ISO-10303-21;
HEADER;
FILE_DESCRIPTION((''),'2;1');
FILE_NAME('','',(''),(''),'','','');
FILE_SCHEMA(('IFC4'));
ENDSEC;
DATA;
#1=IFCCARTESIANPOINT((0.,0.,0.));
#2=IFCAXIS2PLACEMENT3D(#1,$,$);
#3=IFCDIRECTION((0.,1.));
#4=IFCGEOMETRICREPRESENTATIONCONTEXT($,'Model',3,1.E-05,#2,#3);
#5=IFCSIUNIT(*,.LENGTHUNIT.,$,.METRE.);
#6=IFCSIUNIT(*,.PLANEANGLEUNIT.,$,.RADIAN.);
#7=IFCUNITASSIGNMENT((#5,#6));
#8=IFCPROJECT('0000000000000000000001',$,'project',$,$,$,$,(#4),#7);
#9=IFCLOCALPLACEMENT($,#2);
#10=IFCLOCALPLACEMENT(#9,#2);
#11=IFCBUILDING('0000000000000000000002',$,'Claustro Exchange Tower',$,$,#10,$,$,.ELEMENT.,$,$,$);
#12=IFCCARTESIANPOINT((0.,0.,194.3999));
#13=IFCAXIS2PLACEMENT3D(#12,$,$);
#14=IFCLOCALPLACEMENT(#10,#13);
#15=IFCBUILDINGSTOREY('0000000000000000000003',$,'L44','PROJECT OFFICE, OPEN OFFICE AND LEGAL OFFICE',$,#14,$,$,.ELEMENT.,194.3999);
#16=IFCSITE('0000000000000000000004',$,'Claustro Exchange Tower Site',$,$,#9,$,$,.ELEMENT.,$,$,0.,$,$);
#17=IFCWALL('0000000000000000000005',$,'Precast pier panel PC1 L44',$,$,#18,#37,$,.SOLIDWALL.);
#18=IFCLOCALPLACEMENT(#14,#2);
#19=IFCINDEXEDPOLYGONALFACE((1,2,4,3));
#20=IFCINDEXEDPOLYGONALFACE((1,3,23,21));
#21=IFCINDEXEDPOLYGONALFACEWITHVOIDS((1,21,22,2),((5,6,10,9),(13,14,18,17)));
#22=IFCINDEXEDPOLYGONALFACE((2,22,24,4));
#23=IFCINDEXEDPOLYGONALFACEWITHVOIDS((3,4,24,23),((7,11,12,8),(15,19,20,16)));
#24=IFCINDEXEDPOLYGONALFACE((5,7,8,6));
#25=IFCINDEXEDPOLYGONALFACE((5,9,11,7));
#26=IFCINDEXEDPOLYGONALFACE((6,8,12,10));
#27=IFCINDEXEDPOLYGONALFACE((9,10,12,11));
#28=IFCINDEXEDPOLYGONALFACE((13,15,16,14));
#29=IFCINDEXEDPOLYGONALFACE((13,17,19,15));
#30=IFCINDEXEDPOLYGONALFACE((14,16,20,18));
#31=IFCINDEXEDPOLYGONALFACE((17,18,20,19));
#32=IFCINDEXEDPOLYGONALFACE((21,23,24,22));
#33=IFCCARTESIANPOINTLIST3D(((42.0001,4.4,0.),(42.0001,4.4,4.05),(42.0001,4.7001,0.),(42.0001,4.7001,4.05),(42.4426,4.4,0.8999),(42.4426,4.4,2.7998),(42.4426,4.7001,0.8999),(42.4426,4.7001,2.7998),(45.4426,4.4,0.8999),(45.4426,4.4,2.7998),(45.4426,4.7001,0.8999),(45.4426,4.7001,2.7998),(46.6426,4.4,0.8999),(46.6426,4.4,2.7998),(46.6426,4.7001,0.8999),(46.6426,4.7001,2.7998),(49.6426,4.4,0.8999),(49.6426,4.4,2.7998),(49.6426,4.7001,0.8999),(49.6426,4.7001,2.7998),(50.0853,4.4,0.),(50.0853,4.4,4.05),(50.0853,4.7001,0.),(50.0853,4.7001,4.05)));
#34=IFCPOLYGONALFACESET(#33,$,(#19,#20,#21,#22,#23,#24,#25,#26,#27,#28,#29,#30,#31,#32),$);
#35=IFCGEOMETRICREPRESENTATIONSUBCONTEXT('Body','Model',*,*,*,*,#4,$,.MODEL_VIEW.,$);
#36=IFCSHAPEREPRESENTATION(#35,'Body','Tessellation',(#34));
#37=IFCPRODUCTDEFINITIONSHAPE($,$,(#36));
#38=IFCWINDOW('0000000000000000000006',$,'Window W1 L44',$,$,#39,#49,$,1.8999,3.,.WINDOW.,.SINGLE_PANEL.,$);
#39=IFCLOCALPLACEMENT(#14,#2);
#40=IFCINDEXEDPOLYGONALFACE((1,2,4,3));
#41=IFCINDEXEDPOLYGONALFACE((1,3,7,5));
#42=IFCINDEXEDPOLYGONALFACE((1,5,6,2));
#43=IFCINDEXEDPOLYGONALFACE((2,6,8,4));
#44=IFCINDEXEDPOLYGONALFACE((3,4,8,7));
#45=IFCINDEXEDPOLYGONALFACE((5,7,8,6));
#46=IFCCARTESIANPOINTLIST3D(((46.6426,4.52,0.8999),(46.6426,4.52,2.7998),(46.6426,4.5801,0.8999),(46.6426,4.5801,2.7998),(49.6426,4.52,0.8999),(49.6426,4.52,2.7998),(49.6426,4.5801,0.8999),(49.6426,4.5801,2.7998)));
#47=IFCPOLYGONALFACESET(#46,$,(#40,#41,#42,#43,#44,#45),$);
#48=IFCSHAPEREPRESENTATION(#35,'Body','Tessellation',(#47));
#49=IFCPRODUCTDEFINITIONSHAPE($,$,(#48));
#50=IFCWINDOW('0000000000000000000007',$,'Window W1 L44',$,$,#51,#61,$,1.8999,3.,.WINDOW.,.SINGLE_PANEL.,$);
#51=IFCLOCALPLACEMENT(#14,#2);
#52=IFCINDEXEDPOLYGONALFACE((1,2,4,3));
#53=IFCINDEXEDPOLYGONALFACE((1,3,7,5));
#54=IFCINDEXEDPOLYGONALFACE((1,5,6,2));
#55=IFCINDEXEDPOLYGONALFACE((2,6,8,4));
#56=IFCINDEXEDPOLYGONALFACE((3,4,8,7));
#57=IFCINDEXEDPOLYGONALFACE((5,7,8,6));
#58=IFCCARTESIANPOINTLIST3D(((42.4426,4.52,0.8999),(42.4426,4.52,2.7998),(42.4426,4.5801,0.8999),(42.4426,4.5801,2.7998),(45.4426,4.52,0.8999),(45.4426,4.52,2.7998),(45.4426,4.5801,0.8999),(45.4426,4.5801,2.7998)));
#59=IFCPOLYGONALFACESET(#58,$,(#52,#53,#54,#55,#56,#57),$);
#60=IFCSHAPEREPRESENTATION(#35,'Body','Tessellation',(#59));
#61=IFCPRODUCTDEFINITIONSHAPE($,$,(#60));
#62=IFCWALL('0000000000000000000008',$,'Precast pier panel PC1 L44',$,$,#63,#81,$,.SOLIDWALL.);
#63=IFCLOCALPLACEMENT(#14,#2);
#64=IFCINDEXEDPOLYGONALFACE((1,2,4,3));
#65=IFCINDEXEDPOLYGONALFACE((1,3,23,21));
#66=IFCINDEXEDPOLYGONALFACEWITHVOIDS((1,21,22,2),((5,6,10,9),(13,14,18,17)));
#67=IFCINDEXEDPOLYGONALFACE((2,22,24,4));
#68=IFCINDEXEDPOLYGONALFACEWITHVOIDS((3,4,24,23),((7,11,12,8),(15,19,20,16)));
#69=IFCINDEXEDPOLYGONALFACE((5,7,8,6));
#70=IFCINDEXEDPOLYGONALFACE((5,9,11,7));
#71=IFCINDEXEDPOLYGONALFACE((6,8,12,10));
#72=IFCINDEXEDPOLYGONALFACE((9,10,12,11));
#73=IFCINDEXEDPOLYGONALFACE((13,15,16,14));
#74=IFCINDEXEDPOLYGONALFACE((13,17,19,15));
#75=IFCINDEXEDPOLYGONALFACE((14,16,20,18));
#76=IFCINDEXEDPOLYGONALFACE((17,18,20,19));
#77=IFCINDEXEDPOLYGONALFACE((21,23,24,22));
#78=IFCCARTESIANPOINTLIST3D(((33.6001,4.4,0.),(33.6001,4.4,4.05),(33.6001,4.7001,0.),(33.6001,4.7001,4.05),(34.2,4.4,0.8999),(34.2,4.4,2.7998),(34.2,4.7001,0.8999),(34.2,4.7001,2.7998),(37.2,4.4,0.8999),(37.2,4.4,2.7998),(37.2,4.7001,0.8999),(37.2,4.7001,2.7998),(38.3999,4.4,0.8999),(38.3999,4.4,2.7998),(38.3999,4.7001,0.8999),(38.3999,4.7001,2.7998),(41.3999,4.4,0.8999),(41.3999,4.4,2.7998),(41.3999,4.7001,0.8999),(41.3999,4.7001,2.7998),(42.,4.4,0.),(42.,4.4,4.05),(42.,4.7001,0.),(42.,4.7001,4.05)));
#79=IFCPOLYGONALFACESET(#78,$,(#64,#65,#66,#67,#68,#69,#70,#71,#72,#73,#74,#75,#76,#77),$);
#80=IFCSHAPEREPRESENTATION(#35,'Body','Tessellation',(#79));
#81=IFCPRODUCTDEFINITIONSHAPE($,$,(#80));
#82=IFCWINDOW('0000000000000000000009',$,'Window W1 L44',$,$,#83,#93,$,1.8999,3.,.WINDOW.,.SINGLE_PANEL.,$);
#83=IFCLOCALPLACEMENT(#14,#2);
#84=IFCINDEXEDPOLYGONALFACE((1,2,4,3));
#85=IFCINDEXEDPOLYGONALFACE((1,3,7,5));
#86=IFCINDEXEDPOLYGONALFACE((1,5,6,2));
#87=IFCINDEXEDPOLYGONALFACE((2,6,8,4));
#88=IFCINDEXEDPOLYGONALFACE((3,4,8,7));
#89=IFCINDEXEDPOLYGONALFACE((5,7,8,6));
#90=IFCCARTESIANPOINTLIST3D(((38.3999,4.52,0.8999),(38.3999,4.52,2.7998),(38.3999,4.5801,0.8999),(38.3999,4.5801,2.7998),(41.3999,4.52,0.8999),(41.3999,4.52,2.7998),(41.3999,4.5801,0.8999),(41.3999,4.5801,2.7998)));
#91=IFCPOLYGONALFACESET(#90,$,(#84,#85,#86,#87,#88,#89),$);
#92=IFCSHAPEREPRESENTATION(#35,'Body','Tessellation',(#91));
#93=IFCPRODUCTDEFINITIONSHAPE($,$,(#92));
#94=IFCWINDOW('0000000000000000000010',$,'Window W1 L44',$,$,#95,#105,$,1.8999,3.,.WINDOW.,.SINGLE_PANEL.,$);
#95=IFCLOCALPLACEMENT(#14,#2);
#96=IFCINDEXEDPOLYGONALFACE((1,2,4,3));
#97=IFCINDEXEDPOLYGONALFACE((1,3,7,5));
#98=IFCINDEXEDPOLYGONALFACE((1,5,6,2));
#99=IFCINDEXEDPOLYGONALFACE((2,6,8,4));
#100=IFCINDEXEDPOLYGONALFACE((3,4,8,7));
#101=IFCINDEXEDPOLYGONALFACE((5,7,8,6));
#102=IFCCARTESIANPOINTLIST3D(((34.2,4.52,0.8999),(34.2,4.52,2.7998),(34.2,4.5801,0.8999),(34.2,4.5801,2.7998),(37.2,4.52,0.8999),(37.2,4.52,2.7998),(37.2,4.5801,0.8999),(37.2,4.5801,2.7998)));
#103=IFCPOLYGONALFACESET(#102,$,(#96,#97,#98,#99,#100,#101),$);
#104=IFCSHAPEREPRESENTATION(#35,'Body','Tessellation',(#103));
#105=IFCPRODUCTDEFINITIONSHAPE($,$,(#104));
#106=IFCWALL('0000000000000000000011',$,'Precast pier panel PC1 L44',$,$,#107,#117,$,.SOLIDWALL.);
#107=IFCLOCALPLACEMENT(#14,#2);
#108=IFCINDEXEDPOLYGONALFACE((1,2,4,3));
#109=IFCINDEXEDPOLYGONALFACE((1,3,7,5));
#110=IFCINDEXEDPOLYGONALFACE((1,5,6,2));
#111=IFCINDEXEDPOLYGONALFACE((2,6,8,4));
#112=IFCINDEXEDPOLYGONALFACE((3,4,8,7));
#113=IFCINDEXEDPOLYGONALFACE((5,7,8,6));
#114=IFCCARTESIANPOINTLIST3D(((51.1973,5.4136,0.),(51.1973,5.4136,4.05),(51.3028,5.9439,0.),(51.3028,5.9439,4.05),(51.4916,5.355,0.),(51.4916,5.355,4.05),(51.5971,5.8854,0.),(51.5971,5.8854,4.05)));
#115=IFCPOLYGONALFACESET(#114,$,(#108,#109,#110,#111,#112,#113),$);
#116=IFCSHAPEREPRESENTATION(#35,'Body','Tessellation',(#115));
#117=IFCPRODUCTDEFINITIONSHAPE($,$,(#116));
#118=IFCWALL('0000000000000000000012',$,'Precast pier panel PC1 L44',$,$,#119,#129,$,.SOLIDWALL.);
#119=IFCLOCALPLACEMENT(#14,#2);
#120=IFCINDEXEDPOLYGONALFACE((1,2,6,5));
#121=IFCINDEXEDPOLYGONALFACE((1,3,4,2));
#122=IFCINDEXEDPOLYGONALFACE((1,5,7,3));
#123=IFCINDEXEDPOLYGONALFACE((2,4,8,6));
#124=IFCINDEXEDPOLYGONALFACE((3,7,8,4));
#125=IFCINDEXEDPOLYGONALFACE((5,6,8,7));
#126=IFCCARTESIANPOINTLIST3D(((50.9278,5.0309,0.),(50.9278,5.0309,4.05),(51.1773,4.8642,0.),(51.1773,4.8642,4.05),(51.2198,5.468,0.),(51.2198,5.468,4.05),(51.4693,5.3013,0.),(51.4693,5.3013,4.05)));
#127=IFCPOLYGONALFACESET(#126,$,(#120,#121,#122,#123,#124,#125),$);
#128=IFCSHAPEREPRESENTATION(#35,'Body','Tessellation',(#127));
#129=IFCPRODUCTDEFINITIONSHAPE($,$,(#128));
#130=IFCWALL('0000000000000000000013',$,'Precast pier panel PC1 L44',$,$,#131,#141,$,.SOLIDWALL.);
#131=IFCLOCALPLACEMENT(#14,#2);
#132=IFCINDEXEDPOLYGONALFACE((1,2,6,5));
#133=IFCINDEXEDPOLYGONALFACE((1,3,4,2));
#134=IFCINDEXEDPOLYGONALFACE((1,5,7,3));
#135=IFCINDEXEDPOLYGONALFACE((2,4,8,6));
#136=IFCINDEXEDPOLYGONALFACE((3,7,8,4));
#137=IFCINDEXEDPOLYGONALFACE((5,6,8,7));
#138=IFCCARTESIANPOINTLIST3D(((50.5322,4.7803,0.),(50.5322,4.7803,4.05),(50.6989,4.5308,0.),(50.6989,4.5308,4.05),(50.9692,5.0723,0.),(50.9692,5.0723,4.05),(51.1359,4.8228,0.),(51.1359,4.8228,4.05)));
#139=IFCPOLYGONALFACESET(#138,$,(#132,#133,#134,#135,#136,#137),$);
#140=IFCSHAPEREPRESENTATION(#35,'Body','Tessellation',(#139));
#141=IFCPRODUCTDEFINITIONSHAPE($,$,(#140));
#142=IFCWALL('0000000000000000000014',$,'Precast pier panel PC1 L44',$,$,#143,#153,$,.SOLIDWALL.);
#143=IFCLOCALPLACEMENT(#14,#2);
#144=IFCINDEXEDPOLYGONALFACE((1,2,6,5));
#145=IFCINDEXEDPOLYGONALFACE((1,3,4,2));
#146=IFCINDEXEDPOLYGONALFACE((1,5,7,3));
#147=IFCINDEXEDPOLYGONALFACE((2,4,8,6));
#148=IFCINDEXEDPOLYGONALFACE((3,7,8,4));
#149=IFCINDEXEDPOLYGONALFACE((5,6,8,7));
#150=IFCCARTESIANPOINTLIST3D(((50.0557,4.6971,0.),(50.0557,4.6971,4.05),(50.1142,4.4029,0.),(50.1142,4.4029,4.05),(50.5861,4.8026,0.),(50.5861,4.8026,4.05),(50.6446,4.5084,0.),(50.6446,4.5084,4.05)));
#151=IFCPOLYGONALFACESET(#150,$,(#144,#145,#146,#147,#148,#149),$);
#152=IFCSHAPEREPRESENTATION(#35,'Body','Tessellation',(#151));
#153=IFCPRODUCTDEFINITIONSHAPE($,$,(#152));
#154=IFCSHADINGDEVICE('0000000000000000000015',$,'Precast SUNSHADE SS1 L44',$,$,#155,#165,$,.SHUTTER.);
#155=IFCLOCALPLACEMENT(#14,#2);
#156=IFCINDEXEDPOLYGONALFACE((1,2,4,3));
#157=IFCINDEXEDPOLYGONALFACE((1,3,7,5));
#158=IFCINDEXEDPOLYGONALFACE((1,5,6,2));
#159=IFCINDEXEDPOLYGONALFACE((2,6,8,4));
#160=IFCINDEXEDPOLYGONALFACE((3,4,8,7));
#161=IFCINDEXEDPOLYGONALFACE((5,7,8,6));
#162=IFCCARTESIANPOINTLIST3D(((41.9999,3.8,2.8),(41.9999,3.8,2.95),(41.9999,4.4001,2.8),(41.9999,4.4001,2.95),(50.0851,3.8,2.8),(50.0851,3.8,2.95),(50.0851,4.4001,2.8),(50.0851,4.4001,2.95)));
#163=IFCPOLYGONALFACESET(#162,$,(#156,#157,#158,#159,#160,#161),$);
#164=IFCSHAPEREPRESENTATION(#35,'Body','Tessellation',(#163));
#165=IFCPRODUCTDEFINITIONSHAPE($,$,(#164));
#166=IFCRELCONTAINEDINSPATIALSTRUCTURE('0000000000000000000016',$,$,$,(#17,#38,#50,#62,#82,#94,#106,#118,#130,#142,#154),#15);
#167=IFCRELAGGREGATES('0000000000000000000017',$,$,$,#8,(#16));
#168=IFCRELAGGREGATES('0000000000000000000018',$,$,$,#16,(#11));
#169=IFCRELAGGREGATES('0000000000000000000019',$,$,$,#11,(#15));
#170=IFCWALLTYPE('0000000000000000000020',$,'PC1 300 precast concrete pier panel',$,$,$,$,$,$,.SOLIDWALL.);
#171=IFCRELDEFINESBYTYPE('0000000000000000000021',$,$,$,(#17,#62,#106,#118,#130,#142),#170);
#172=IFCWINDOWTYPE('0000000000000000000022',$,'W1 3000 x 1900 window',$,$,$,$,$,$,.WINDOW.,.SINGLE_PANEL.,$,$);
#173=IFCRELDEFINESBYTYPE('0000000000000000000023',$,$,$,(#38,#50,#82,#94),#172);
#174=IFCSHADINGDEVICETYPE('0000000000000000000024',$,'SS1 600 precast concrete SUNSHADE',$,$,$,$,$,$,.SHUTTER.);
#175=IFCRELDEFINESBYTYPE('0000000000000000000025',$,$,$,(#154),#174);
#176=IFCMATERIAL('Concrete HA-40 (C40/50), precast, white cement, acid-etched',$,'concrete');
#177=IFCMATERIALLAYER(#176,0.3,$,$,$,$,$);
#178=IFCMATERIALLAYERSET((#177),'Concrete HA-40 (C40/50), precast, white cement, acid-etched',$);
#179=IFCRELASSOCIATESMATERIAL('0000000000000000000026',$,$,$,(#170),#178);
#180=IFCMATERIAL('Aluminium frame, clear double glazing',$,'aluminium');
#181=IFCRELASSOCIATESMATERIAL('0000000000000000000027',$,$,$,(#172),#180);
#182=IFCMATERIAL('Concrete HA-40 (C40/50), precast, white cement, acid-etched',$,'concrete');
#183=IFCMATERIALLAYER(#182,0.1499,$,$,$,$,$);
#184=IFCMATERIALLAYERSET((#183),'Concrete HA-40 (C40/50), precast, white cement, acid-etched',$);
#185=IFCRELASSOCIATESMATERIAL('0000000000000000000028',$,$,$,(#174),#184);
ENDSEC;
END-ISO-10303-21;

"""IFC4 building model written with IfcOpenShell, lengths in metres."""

from ifc_helpers import new_model, si_unit, direction, frame, frame_2d, origin, origin_2d, place, context, subcontext, project, spatial, rectangle, extrude, material, layer, layer_set, type_object, element, fill, save


model = new_model("IFC4")

# Units and contexts
model_context = context("Model", 3, precision=1e-05, world=origin(), true_north=direction((0.0, 1.0)))
body_context = subcontext(model_context, "Body", "Model", "MODEL_VIEW")
ifc_project = project(units=[si_unit("LENGTHUNIT", "METRE"), si_unit("PLANEANGLEUNIT", "RADIAN")], contexts=[model_context])

# Site, building, storey
site_placement = place(None, origin())
site = spatial("IfcSite", under=ifc_project, at=site_placement, Name="Claustro Exchange Tower Site", CompositionType="ELEMENT", RefElevation=0.0)
building_placement = place(site_placement, origin())
building = spatial("IfcBuilding", under=site, at=building_placement, Name="Claustro Exchange Tower", CompositionType="ELEMENT")
storey_placement = place(building_placement, frame((0.0, 0.0, 194.3999)))
storey = spatial("IfcBuildingStorey", under=building, at=storey_placement, Name="L44", Description="PROJECT OFFICE, OPEN OFFICE AND LEGAL OFFICE", CompositionType="ELEMENT", Elevation=194.3999)

# Walls, openings, windows
ifc_material_1 = material(Name="Concrete HA-40 (C40/50), precast, white cement, acid-etched", Category="concrete")
ifc_layer_1 = layer(ifc_material_1, 0.3)
ifc_layer_set_1 = layer_set([ifc_layer_1], Name="Concrete HA-40 (C40/50), precast, white cement, acid-etched")
wall_type_1 = type_object("IfcWallType", Name="PC1 300 precast concrete pier panel", PredefinedType="SOLIDWALL", material=ifc_layer_set_1)
wall_1_placement = place(storey_placement, frame((50.0852, 4.55, 0.0), z_axis=(0.0, 0.0, 1.0), x_axis=(-1.0, 0.0, 0.0)))
wall_1 = element("IfcWall", 1, at=wall_1_placement, inside=storey, type_object=wall_type_1, Name="Precast pier panel PC1 L44", PredefinedType="SOLIDWALL", context=body_context, shape_type="SweptSolid", body=[
    extrude(rectangle(XDim=8.0852, YDim=0.3, at=frame_2d((4.0425, 0.0))), origin(), (0.0, 0.0, 1.0), 4.05),
])
opening_1_placement = place(wall_1_placement, frame((0.4426, 0.0, 0.8999)))
opening_1 = element("IfcOpeningElement", 2, at=opening_1_placement, cuts=wall_1, PredefinedType="OPENING", context=body_context, shape_type="SweptSolid", body=[
    extrude(rectangle(XDim=3.0, YDim=1.8999, at=frame_2d((1.5, 0.95))), frame((0.0, 0.1599, 0.0), z_axis=(0.0, -1.0, 0.0), x_axis=(1.0, 0.0, 0.0)), (0.0, 0.0, 1.0), 0.3201),
])
opening_2_placement = place(wall_1_placement, frame((4.6426, 0.0, 0.8999)))
opening_2 = element("IfcOpeningElement", 3, at=opening_2_placement, cuts=wall_1, PredefinedType="OPENING", context=body_context, shape_type="SweptSolid", body=[
    extrude(rectangle(XDim=3.0, YDim=1.8999, at=frame_2d((1.5, 0.95))), frame((0.0, 0.1599, 0.0), z_axis=(0.0, -1.0, 0.0), x_axis=(1.0, 0.0, 0.0)), (0.0, 0.0, 1.0), 0.3201),
])
ifc_material_2 = material(Name="Aluminium frame, clear double glazing", Category="aluminium")
window_type = type_object("IfcWindowType", Name="W1 3000 x 1900 window", PartitioningType="SINGLE_PANEL", PredefinedType="WINDOW", material=ifc_material_2)
window_1_placement = place(opening_1_placement, origin())
window_1 = element("IfcWindow", 4, at=window_1_placement, inside=storey, type_object=window_type, Name="Window W1 L44", OverallHeight=1.8999, OverallWidth=3.0, PartitioningType="SINGLE_PANEL", PredefinedType="WINDOW", context=body_context, shape_type="SweptSolid", body=[
    extrude(rectangle(XDim=3.0, YDim=1.8999, at=frame_2d((1.5, 0.95))), frame((0.0, 0.03, 0.0), z_axis=(0.0, -1.0, 0.0), x_axis=(1.0, 0.0, 0.0)), (0.0, 0.0, 1.0), 0.0601),
])
fill(opening_1, window_1)
window_2_placement = place(opening_2_placement, origin())
window_2 = element("IfcWindow", 5, at=window_2_placement, inside=storey, type_object=window_type, Name="Window W1 L44", OverallHeight=1.8999, OverallWidth=3.0, PartitioningType="SINGLE_PANEL", PredefinedType="WINDOW", context=body_context, shape_type="SweptSolid", body=[
    extrude(rectangle(XDim=3.0, YDim=1.8999, at=frame_2d((1.5, 0.95))), frame((0.0, 0.03, 0.0), z_axis=(0.0, -1.0, 0.0), x_axis=(1.0, 0.0, 0.0)), (0.0, 0.0, 1.0), 0.0601),
])
fill(opening_2, window_2)
wall_2_placement = place(storey_placement, frame((42.0, 4.55, 0.0), z_axis=(0.0, 0.0, 1.0), x_axis=(-1.0, 0.0, 0.0)))
wall_2 = element("IfcWall", 6, at=wall_2_placement, inside=storey, type_object=wall_type_1, Name="Precast pier panel PC1 L44", PredefinedType="SOLIDWALL", context=body_context, shape_type="SweptSolid", body=[
    extrude(rectangle(XDim=8.3999, YDim=0.3, at=frame_2d((4.2, 0.0))), origin(), (0.0, 0.0, 1.0), 4.05),
])
opening_3_placement = place(wall_2_placement, frame((0.6001, 0.0, 0.8999)))
opening_3 = element("IfcOpeningElement", 7, at=opening_3_placement, cuts=wall_2, PredefinedType="OPENING", context=body_context, shape_type="SweptSolid", body=[
    extrude(rectangle(XDim=3.0, YDim=1.8999, at=frame_2d((1.5, 0.95))), frame((0.0, 0.1599, 0.0), z_axis=(0.0, -1.0, 0.0), x_axis=(1.0, 0.0, 0.0)), (0.0, 0.0, 1.0), 0.3201),
])
opening_4_placement = place(wall_2_placement, frame((4.8, 0.0, 0.8999)))
opening_4 = element("IfcOpeningElement", 8, at=opening_4_placement, cuts=wall_2, PredefinedType="OPENING", context=body_context, shape_type="SweptSolid", body=[
    extrude(rectangle(XDim=3.0, YDim=1.8999, at=frame_2d((1.5, 0.95))), frame((0.0, 0.1599, 0.0), z_axis=(0.0, -1.0, 0.0), x_axis=(1.0, 0.0, 0.0)), (0.0, 0.0, 1.0), 0.3201),
])
window_3_placement = place(opening_3_placement, origin())
window_3 = element("IfcWindow", 9, at=window_3_placement, inside=storey, type_object=window_type, Name="Window W1 L44", OverallHeight=1.8999, OverallWidth=3.0, PartitioningType="SINGLE_PANEL", PredefinedType="WINDOW", context=body_context, shape_type="SweptSolid", body=[
    extrude(rectangle(XDim=3.0, YDim=1.8999, at=frame_2d((1.5, 0.95))), frame((0.0, 0.03, 0.0), z_axis=(0.0, -1.0, 0.0), x_axis=(1.0, 0.0, 0.0)), (0.0, 0.0, 1.0), 0.0601),
])
fill(opening_3, window_3)
window_4_placement = place(opening_4_placement, origin())
window_4 = element("IfcWindow", 10, at=window_4_placement, inside=storey, type_object=window_type, Name="Window W1 L44", OverallHeight=1.8999, OverallWidth=3.0, PartitioningType="SINGLE_PANEL", PredefinedType="WINDOW", context=body_context, shape_type="SweptSolid", body=[
    extrude(rectangle(XDim=3.0, YDim=1.8999, at=frame_2d((1.5, 0.95))), frame((0.0, 0.03, 0.0), z_axis=(0.0, -1.0, 0.0), x_axis=(1.0, 0.0, 0.0)), (0.0, 0.0, 1.0), 0.0601),
])
fill(opening_4, window_4)

# Walls
wall_3_placement = place(storey_placement, frame((51.45, 5.9148, 0.0), z_axis=(0.0, 0.0, 1.0), x_axis=(-0.195074, -0.980789, 0.0)))
element("IfcWall", 11, at=wall_3_placement, inside=storey, type_object=wall_type_1, Name="Precast pier panel PC1 L44", PredefinedType="SOLIDWALL", context=body_context, shape_type="SweptSolid", body=[
    extrude(rectangle(XDim=0.5408, YDim=0.3, at=frame_2d((0.2705, 0.0))), origin(), (0.0, 0.0, 1.0), 4.05),
])
for number, where, z_axis, x_axis, name in (
    (12, (51.3445, 5.3845, 0.0), (0.0, 0.0, 1.0), (-0.555557, -0.831478, 0.0), "Precast pier panel PC1 L44"),
    (13, (51.0525, 4.9475, 0.0), (0.0, 0.0, 1.0), (-0.831478, -0.555557, 0.0), "Precast pier panel PC1 L44"),
):
    element("IfcWall", number, at=place(storey_placement, frame(where, z_axis=z_axis, x_axis=x_axis)), inside=storey, type_object=wall_type_1, Name=name, PredefinedType="SOLIDWALL", context=body_context, shape_type="SweptSolid", body=[
        extrude(rectangle(XDim=0.5256, YDim=0.3, at=frame_2d((0.2627, 0.0))), origin(), (0.0, 0.0, 1.0), 4.05),
    ])
wall_4_placement = place(storey_placement, frame((50.6155, 4.6555, 0.0), z_axis=(0.0, 0.0, 1.0), x_axis=(-0.980789, -0.195074, 0.0)))
element("IfcWall", 14, at=wall_4_placement, inside=storey, type_object=wall_type_1, Name="Precast pier panel PC1 L44", PredefinedType="SOLIDWALL", context=body_context, shape_type="SweptSolid", body=[
    extrude(rectangle(XDim=0.5408, YDim=0.3, at=frame_2d((0.2705, 0.0))), origin(), (0.0, 0.0, 1.0), 4.05),
])

# Shading device
ifc_material_3 = material(Name="Concrete HA-40 (C40/50), precast, white cement, acid-etched", Category="concrete")
ifc_layer_2 = layer(ifc_material_3, 0.1499)
ifc_layer_set_2 = layer_set([ifc_layer_2], Name="Concrete HA-40 (C40/50), precast, white cement, acid-etched")
shading_device_type = type_object("IfcShadingDeviceType", Name="SS1 600 precast concrete SUNSHADE", PredefinedType="SHUTTER", material=ifc_layer_set_2)
shading_device_placement = place(storey_placement, frame((46.0425, 4.1001, 2.8), z_axis=(0.0, 0.0, 1.0), x_axis=(-1.0, 0.0, 0.0)))
element("IfcShadingDevice", 15, at=shading_device_placement, inside=storey, type_object=shading_device_type, Name="Precast SUNSHADE SS1 L44", PredefinedType="SHUTTER", context=body_context, shape_type="SweptSolid", body=[
    extrude(rectangle(XDim=8.0852, YDim=0.6001, at=origin_2d()), origin(), (0.0, 0.0, 1.0), 0.1499),
])

save(model, "model.ifc")
